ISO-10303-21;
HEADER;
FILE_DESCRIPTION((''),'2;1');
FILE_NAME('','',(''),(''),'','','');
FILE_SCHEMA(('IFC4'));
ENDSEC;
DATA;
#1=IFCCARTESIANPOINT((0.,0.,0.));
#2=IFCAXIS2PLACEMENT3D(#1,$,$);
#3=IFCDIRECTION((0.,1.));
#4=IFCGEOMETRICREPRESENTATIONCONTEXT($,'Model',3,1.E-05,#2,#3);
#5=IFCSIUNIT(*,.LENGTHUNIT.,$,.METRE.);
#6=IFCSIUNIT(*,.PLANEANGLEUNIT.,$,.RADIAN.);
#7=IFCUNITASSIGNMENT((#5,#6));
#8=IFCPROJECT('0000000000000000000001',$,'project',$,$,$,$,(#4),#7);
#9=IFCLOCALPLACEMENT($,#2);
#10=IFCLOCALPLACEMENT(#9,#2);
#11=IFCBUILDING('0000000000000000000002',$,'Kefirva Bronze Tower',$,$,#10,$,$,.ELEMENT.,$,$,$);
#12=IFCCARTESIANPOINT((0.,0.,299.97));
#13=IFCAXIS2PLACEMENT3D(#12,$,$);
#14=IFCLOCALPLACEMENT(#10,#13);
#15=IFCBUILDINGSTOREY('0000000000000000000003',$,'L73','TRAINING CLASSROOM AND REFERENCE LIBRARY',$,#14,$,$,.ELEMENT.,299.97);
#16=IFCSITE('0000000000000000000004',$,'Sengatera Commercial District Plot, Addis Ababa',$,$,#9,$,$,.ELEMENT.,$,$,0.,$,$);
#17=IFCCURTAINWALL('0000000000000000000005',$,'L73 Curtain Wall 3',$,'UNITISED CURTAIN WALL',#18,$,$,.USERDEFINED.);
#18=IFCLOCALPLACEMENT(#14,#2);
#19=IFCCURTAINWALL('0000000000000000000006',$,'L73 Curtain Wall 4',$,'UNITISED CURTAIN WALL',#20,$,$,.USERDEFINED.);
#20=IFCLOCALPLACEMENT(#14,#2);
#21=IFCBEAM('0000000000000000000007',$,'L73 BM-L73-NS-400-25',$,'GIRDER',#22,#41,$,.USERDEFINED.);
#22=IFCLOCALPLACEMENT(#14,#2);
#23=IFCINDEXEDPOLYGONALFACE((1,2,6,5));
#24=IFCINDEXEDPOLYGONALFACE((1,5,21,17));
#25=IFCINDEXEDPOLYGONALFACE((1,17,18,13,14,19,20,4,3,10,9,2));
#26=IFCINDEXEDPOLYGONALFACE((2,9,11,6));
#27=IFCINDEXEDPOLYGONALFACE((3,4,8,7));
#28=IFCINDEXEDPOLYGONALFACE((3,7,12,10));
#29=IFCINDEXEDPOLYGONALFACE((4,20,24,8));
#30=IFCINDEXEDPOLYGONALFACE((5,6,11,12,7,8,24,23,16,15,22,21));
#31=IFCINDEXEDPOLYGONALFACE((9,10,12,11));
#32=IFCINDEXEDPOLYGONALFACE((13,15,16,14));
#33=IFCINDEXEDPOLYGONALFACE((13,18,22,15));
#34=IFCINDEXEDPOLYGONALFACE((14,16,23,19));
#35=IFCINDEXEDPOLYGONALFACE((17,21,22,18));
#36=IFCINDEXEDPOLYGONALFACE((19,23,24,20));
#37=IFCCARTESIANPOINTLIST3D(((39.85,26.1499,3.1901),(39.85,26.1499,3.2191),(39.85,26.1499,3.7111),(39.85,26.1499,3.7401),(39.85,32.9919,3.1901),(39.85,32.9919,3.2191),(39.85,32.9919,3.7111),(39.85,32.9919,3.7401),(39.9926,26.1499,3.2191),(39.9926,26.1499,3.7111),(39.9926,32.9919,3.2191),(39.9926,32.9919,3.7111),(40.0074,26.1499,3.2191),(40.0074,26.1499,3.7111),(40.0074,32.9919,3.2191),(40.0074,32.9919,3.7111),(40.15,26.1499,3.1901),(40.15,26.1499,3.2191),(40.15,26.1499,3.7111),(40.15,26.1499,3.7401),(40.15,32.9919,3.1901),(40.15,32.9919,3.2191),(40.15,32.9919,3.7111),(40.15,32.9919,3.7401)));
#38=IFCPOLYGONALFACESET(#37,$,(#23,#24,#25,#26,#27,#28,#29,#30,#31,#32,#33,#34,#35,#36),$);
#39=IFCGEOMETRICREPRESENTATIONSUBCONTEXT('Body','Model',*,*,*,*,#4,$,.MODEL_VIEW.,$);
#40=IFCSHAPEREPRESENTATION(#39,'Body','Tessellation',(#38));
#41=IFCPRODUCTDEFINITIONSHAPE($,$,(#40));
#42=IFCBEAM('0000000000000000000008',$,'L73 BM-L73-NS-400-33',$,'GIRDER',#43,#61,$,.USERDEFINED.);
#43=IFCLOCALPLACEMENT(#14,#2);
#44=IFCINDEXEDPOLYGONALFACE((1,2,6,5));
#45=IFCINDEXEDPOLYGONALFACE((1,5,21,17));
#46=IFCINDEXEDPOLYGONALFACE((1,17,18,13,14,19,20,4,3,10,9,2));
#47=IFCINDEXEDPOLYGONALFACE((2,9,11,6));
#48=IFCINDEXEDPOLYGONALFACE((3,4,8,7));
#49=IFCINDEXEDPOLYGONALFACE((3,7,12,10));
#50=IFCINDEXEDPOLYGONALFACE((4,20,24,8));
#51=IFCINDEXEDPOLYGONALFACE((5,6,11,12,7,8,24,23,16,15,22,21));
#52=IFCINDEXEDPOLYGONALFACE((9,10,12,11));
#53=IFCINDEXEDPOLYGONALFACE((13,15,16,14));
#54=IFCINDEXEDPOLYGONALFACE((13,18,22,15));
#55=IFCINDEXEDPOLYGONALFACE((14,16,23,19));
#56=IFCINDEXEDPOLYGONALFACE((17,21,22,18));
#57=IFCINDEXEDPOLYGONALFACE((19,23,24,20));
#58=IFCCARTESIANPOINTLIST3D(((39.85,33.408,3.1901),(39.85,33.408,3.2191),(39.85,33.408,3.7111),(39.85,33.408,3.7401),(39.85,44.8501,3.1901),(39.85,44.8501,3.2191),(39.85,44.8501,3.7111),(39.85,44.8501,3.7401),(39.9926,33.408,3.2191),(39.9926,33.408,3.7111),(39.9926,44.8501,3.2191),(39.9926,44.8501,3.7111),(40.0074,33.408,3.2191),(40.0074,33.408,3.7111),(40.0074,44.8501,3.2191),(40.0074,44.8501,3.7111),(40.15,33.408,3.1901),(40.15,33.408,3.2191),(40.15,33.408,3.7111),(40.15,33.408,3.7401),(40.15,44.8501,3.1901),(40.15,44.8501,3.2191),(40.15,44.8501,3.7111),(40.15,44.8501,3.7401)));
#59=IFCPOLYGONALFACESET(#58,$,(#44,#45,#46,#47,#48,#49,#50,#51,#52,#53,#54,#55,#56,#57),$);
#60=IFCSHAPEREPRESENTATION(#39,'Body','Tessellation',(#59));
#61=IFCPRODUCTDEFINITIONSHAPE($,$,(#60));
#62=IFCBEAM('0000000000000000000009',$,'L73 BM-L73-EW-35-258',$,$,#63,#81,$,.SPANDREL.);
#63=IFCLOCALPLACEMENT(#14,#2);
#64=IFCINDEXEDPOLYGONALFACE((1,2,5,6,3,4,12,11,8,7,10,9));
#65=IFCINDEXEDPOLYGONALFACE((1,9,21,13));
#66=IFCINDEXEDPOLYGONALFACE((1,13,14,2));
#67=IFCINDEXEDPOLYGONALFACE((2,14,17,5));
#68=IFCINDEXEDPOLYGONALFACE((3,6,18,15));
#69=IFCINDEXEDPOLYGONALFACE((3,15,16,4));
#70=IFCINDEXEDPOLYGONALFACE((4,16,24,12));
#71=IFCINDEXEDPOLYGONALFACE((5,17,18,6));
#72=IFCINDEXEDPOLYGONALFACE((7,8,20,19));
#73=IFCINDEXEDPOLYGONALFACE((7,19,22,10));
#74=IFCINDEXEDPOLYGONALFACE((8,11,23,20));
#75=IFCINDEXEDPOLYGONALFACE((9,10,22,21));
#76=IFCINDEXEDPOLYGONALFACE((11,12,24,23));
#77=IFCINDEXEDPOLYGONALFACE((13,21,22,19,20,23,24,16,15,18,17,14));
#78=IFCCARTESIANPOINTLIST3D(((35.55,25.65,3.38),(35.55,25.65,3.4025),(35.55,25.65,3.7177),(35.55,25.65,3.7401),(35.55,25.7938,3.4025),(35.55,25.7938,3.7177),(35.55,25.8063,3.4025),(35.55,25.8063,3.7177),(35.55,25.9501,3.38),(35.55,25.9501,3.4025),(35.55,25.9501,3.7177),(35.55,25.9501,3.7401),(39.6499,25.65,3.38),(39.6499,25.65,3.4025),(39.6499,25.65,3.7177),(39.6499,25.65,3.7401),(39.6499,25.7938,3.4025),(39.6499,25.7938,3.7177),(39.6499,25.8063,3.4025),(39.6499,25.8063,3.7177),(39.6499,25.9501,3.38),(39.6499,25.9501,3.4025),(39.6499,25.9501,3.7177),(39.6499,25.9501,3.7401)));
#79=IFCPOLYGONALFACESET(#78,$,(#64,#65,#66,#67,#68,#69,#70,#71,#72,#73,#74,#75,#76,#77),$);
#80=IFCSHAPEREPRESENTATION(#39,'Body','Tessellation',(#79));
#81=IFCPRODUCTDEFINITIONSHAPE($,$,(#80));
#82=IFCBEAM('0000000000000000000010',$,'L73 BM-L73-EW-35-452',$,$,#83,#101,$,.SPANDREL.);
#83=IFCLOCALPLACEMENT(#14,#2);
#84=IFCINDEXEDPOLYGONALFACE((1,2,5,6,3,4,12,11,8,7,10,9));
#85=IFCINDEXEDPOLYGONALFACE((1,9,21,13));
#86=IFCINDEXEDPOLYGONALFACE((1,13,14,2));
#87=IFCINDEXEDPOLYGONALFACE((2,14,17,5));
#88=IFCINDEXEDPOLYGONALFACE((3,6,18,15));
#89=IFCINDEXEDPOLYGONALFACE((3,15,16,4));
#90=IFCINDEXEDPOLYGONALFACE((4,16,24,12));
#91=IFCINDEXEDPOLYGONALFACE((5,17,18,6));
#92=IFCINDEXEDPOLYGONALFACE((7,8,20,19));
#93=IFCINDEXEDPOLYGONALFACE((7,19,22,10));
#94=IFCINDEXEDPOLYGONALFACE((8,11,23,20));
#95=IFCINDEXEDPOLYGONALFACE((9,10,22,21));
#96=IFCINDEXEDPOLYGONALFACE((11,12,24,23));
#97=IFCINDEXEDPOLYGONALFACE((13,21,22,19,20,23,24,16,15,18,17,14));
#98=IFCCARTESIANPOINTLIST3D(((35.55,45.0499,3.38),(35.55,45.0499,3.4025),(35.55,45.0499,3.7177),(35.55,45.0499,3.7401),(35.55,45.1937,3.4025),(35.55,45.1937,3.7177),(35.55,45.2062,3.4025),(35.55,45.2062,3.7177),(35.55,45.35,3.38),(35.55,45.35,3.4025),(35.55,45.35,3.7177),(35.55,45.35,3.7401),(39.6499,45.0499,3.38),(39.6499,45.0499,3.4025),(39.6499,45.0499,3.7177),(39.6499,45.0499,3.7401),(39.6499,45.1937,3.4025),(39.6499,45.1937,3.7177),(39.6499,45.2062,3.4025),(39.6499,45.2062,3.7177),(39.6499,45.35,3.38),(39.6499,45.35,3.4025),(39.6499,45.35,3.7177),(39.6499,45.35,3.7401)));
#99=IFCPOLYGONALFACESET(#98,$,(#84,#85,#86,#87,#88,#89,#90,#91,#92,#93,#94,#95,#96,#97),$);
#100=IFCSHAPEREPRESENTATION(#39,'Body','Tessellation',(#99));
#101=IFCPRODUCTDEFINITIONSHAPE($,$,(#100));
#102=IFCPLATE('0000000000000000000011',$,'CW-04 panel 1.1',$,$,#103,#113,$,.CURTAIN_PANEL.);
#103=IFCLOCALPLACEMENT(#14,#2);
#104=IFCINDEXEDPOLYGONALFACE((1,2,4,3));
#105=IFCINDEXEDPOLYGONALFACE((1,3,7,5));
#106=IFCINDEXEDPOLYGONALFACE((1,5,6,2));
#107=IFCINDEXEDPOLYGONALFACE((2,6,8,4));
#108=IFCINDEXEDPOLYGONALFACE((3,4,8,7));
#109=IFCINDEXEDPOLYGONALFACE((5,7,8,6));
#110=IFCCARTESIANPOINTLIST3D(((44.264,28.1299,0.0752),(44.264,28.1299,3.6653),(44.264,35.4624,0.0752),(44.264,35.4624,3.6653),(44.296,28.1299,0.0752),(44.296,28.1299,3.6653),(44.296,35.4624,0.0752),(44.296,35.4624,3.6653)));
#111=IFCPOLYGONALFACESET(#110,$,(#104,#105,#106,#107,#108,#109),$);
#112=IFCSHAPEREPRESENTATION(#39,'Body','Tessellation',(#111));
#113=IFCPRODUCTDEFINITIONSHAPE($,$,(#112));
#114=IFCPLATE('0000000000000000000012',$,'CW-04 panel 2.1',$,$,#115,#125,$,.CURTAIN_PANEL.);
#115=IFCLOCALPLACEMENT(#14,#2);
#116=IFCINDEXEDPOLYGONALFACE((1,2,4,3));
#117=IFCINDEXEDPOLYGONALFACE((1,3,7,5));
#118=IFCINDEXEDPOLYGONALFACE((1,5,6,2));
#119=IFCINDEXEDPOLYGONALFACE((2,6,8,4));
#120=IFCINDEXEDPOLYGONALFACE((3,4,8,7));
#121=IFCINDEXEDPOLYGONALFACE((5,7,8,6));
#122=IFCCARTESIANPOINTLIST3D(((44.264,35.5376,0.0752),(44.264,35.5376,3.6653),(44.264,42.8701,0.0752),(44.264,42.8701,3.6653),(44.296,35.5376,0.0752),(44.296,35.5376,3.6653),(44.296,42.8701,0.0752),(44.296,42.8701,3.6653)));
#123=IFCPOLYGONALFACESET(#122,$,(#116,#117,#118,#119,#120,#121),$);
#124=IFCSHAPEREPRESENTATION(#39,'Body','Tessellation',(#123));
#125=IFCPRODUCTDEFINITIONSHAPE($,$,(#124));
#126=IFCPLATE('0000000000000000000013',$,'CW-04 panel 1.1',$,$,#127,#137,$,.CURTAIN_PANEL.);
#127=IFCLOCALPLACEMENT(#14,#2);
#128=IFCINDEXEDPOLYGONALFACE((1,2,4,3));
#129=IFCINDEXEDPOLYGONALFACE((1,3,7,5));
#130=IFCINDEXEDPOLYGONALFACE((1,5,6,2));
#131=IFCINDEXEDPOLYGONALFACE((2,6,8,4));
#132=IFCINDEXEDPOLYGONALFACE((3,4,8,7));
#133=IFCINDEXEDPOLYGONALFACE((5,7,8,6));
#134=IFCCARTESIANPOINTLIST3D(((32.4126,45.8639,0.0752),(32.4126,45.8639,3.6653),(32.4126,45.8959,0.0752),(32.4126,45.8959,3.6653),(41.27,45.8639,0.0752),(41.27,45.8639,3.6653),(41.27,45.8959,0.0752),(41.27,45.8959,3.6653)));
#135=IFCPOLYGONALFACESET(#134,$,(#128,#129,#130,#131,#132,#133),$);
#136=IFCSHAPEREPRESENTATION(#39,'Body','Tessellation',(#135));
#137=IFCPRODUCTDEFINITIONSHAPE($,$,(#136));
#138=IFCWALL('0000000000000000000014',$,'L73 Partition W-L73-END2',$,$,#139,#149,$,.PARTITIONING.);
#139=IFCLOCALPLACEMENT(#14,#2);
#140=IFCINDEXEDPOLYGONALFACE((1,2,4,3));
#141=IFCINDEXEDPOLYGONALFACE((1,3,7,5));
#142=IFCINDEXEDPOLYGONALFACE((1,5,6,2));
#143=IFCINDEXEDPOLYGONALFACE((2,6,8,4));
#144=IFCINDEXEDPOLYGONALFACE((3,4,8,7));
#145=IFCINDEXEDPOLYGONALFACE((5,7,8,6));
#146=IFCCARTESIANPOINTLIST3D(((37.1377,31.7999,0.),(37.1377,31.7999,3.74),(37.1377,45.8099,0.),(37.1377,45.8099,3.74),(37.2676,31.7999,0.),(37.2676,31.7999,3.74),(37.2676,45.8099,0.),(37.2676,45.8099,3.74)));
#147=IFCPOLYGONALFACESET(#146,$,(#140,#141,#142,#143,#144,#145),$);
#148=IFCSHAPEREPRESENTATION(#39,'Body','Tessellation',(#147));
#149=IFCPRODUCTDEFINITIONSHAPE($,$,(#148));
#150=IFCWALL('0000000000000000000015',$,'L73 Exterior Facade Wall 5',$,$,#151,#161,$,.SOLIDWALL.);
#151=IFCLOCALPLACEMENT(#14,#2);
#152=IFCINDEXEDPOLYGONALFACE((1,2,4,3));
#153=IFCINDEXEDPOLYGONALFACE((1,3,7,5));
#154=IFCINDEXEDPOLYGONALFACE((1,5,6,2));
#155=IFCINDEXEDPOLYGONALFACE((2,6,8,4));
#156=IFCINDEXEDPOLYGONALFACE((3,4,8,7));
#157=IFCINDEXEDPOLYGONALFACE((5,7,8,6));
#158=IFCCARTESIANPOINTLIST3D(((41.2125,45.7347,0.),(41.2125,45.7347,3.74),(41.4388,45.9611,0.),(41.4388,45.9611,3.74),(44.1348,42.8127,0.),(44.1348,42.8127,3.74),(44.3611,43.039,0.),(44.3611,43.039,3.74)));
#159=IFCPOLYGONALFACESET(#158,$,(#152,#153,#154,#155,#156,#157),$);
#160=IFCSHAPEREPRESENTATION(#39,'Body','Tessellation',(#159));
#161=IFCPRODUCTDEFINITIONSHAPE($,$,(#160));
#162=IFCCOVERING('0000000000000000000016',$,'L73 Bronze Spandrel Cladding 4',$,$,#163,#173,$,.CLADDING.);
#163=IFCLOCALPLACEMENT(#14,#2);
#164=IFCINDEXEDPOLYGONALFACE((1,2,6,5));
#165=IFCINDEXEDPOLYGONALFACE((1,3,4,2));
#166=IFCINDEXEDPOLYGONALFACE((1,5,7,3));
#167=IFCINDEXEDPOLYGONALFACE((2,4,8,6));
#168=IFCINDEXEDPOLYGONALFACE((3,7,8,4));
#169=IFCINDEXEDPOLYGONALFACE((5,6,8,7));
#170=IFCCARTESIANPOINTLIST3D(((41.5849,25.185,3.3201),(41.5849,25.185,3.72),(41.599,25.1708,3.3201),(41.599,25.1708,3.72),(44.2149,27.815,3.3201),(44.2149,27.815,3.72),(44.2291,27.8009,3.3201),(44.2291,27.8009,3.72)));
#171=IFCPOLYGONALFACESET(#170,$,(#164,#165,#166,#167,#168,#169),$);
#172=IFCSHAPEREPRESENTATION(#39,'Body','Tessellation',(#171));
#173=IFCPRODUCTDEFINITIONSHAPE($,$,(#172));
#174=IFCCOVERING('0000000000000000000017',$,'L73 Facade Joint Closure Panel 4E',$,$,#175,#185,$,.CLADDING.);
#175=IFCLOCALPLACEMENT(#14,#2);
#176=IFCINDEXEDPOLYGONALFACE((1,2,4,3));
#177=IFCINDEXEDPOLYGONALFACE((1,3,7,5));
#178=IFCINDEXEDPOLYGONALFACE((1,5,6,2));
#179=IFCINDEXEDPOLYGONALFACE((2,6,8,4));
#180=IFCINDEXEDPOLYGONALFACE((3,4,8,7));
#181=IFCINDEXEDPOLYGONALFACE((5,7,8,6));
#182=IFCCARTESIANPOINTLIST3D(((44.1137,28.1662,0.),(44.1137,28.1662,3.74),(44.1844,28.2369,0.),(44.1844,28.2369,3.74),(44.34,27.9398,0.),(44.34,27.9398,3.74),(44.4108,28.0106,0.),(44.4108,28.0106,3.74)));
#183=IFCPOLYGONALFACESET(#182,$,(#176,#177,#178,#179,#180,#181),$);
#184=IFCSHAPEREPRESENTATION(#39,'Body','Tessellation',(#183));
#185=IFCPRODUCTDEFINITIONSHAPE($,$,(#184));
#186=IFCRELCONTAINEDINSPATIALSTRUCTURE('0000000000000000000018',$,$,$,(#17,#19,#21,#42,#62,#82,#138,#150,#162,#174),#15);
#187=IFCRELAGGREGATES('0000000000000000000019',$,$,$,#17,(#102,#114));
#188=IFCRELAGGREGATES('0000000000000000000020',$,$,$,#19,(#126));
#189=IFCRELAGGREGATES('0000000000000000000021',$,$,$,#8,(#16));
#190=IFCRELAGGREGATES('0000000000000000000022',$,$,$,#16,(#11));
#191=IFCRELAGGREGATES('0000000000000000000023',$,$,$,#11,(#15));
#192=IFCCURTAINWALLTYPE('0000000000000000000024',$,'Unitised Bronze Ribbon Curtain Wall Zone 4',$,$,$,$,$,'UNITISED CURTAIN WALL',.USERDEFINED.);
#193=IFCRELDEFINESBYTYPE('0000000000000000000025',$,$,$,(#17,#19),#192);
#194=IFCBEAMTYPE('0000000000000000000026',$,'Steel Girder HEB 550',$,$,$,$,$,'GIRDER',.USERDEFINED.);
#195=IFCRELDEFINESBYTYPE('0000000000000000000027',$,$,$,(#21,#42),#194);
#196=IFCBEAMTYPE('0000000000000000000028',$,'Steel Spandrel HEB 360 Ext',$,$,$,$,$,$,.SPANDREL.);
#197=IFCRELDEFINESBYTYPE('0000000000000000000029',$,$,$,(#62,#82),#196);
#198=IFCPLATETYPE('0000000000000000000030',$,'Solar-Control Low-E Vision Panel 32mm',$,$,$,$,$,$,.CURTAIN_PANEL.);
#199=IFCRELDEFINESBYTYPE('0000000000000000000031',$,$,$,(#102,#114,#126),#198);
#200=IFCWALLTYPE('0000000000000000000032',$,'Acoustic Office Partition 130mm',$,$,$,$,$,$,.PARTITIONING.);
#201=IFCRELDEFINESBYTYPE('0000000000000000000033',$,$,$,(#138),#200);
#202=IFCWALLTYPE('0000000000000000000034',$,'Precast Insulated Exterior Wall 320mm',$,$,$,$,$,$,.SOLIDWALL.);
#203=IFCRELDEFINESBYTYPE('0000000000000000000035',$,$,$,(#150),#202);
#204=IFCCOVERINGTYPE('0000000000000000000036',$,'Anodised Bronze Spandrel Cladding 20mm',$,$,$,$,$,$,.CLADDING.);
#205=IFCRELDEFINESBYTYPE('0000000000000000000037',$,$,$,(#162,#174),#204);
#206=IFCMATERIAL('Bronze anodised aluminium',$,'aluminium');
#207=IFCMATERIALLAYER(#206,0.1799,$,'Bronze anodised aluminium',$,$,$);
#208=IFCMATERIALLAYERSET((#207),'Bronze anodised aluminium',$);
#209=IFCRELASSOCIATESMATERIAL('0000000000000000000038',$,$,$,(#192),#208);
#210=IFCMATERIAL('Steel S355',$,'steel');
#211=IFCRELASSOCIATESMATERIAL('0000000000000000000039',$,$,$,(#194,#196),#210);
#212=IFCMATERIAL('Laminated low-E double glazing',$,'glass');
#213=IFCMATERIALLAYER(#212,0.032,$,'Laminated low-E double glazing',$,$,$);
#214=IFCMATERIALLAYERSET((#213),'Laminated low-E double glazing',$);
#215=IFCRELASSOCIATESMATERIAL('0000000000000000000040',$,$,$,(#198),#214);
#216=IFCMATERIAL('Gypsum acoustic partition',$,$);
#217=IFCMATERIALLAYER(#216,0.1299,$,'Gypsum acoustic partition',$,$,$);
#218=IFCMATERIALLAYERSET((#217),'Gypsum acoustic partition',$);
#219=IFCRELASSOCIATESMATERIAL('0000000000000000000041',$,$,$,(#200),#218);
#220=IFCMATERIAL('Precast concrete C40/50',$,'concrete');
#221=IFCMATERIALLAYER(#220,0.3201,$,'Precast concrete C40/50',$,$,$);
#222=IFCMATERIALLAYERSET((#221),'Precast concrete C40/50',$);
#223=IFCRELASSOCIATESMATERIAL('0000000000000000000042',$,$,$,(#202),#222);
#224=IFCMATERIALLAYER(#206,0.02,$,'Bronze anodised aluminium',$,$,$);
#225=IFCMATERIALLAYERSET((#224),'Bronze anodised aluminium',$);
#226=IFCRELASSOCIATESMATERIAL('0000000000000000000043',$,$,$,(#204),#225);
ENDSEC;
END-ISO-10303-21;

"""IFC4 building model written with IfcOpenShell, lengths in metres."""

from ifc_helpers import new_model, si_unit, direction, frame, frame_2d, origin, origin_2d, place, context, subcontext, project, spatial, rectangle, i_section, extrude, material, layer, layer_set, material_profile, profile_set, type_object, element, aggregate, save


model = new_model("IFC4")

# Units and contexts
model_context = context("Model", 3, precision=1e-05, world=origin(), true_north=direction((0.0, 1.0)))
body_context = subcontext(model_context, "Body", "Model", "MODEL_VIEW")
ifc_project = project(units=[si_unit("LENGTHUNIT", "METRE"), si_unit("PLANEANGLEUNIT", "RADIAN")], contexts=[model_context])

# Site, building, storey
site_placement = place(None, origin())
site = spatial("IfcSite", under=ifc_project, at=site_placement, Name="Sengatera Commercial District Plot, Addis Ababa", CompositionType="ELEMENT", RefElevation=0.0)
building_placement = place(site_placement, origin())
building = spatial("IfcBuilding", under=site, at=building_placement, Name="Kefirva Bronze Tower", CompositionType="ELEMENT")
storey_placement = place(building_placement, frame((0.0, 0.0, 299.97)))
storey = spatial("IfcBuildingStorey", under=building, at=storey_placement, Name="L73", Description="TRAINING CLASSROOM AND REFERENCE LIBRARY", CompositionType="ELEMENT", Elevation=299.97)

# Curtain wall
ifc_material_1 = material(Name="Bronze anodised aluminium", Category="aluminium")
ifc_layer_1 = layer(ifc_material_1, 0.1799, Name="Bronze anodised aluminium")
ifc_layer_set_1 = layer_set([ifc_layer_1], Name="Bronze anodised aluminium")
curtain_wall_type = type_object("IfcCurtainWallType", Name="Unitised Bronze Ribbon Curtain Wall Zone 4", ElementType="UNITISED CURTAIN WALL", PredefinedType="USERDEFINED", material=ifc_layer_set_1)
curtain_wall_1_placement = place(storey_placement, origin())
curtain_wall_1 = element("IfcCurtainWall", 1, at=curtain_wall_1_placement, inside=storey, type_object=curtain_wall_type, Name="L73 Curtain Wall 3", ObjectType="UNITISED CURTAIN WALL", PredefinedType="USERDEFINED")

# Curtain wall
curtain_wall_2_placement = place(storey_placement, origin())
curtain_wall_2 = element("IfcCurtainWall", 2, at=curtain_wall_2_placement, inside=storey, type_object=curtain_wall_type, Name="L73 Curtain Wall 4", ObjectType="UNITISED CURTAIN WALL", PredefinedType="USERDEFINED")

# Beams
ifc_material_2 = material(Name="Steel S355", Category="steel")
ifc_material_profile_1 = material_profile(ifc_material_2, i_section(OverallWidth=0.3, OverallDepth=0.55, WebThickness=0.0149, FlangeThickness=0.0291, at=origin_2d()), Name="HEB 550")
ifc_profile_set_1 = profile_set([ifc_material_profile_1], Name="Steel S355")
beam_type_1 = type_object("IfcBeamType", Name="Steel Girder HEB 550", ElementType="GIRDER", PredefinedType="USERDEFINED", material=ifc_profile_set_1)
beam_1_placement = place(storey_placement, frame((40.0, 26.1499, 3.4651), z_axis=(0.0, 1.0, 0.0), x_axis=(-1.0, 0.0, 0.0)))
element("IfcBeam", 3, at=beam_1_placement, inside=storey, type_object=beam_type_1, Name="L73 BM-L73-NS-400-25", ObjectType="GIRDER", PredefinedType="USERDEFINED", context=body_context, shape_type="SweptSolid", body=[
    extrude(i_section(OverallWidth=0.3, OverallDepth=0.55, WebThickness=0.0149, FlangeThickness=0.0291, at=origin_2d()), origin(), (0.0, 0.0, 1.0), 6.842),
])
beam_2_placement = place(storey_placement, frame((40.0, 33.408, 3.4651), z_axis=(0.0, 1.0, 0.0), x_axis=(-1.0, 0.0, 0.0)))
element("IfcBeam", 4, at=beam_2_placement, inside=storey, type_object=beam_type_1, Name="L73 BM-L73-NS-400-33", ObjectType="GIRDER", PredefinedType="USERDEFINED", context=body_context, shape_type="SweptSolid", body=[
    extrude(i_section(OverallWidth=0.3, OverallDepth=0.55, WebThickness=0.0149, FlangeThickness=0.0291, at=origin_2d()), origin(), (0.0, 0.0, 1.0), 11.4421),
])
ifc_material_profile_2 = material_profile(ifc_material_2, i_section(OverallWidth=0.3, OverallDepth=0.3601, WebThickness=0.0125, FlangeThickness=0.0225, at=origin_2d()), Name="HEB 360")
ifc_profile_set_2 = profile_set([ifc_material_profile_2], Name="Steel S355")
beam_type_2 = type_object("IfcBeamType", Name="Steel Spandrel HEB 360 Ext", PredefinedType="SPANDREL", material=ifc_profile_set_2)
for number, where, z_axis, x_axis, name in (
    (5, (35.55, 25.8, 3.5601), (1.0, 0.0, 0.0), (0.0, 1.0, 0.0), "L73 BM-L73-EW-35-258"),
    (6, (35.55, 45.2, 3.5601), (1.0, 0.0, 0.0), (0.0, 1.0, 0.0), "L73 BM-L73-EW-35-452"),
):
    element("IfcBeam", number, at=place(storey_placement, frame(where, z_axis=z_axis, x_axis=x_axis)), inside=storey, type_object=beam_type_2, Name=name, PredefinedType="SPANDREL", context=body_context, shape_type="SweptSolid", body=[
        extrude(i_section(OverallWidth=0.3, OverallDepth=0.3601, WebThickness=0.0125, FlangeThickness=0.0225, at=origin_2d()), origin(), (0.0, 0.0, 1.0), 4.0999),
    ])

# Plates
ifc_material_3 = material(Name="Laminated low-E double glazing", Category="glass")
ifc_layer_2 = layer(ifc_material_3, 0.032, Name="Laminated low-E double glazing")
ifc_layer_set_2 = layer_set([ifc_layer_2], Name="Laminated low-E double glazing")
plate_type = type_object("IfcPlateType", Name="Solar-Control Low-E Vision Panel 32mm", PredefinedType="CURTAIN_PANEL", material=ifc_layer_set_2)
plate_1_placement = place(storey_placement, frame((44.28, 31.7961, 0.0752), z_axis=(0.0, 0.0, 1.0), x_axis=(0.0, 1.0, 0.0)))
plate_1 = element("IfcPlate", 7, at=plate_1_placement, type_object=plate_type, Name="CW-04 panel 1.1", PredefinedType="CURTAIN_PANEL", context=body_context, shape_type="SweptSolid", body=[
    extrude(rectangle(XDim=7.3325, YDim=0.032, at=origin_2d()), origin(), (0.0, 0.0, 1.0), 3.5901),
])
plate_2_placement = place(storey_placement, frame((44.28, 39.2039, 0.0752), z_axis=(0.0, 0.0, 1.0), x_axis=(0.0, 1.0, 0.0)))
plate_2 = element("IfcPlate", 8, at=plate_2_placement, type_object=plate_type, Name="CW-04 panel 2.1", PredefinedType="CURTAIN_PANEL", context=body_context, shape_type="SweptSolid", body=[
    extrude(rectangle(XDim=7.3325, YDim=0.032, at=origin_2d()), origin(), (0.0, 0.0, 1.0), 3.5901),
])
aggregate(curtain_wall_1, [plate_1, plate_2])
plate_3_placement = place(storey_placement, frame((36.8413, 45.8799, 0.0752), z_axis=(0.0, 0.0, 1.0), x_axis=(-1.0, 0.0, 0.0)))
plate_3 = element("IfcPlate", 9, at=plate_3_placement, type_object=plate_type, Name="CW-04 panel 1.1", PredefinedType="CURTAIN_PANEL", context=body_context, shape_type="SweptSolid", body=[
    extrude(rectangle(XDim=8.8574, YDim=0.032, at=origin_2d()), origin(), (0.0, 0.0, 1.0), 3.5901),
])
aggregate(curtain_wall_2, [plate_3])

# Walls
ifc_material_4 = material(Name="Gypsum acoustic partition")
ifc_layer_3 = layer(ifc_material_4, 0.1299, Name="Gypsum acoustic partition")
ifc_layer_set_3 = layer_set([ifc_layer_3], Name="Gypsum acoustic partition")
wall_type_1 = type_object("IfcWallType", Name="Acoustic Office Partition 130mm", PredefinedType="PARTITIONING", material=ifc_layer_set_3)
wall_1_placement = place(storey_placement, frame((37.2026, 31.8, 0.0), z_axis=(0.0, 0.0, 1.0), x_axis=(0.0, 1.0, 0.0)))
element("IfcWall", 10, at=wall_1_placement, inside=storey, type_object=wall_type_1, Name="L73 Partition W-L73-END2", PredefinedType="PARTITIONING", context=body_context, shape_type="SweptSolid", body=[
    extrude(rectangle(XDim=14.01, YDim=0.1299, at=frame_2d((7.0049, 0.0))), origin(), (0.0, 0.0, 1.0), 3.74),
])
ifc_material_5 = material(Name="Precast concrete C40/50", Category="concrete")
ifc_layer_4 = layer(ifc_material_5, 0.3201, Name="Precast concrete C40/50")
ifc_layer_set_4 = layer_set([ifc_layer_4], Name="Precast concrete C40/50")
wall_type_2 = type_object("IfcWallType", Name="Precast Insulated Exterior Wall 320mm", PredefinedType="SOLIDWALL", material=ifc_layer_set_4)
wall_2_placement = place(storey_placement, frame((44.248, 42.9258, 0.0), z_axis=(0.0, 0.0, 1.0), x_axis=(-0.707136, 0.707077, 0.0)))
element("IfcWall", 11, at=wall_2_placement, inside=storey, type_object=wall_type_2, Name="L73 Exterior Facade Wall 5", PredefinedType="SOLIDWALL", context=body_context, shape_type="SweptSolid", body=[
    extrude(rectangle(XDim=4.1326, YDim=0.3201, at=frame_2d((2.0664, 0.0))), origin(), (0.0, 0.0, 1.0), 3.74),
])

# Coverings
ifc_layer_5 = layer(ifc_material_1, 0.02, Name="Bronze anodised aluminium")
ifc_layer_set_5 = layer_set([ifc_layer_5], Name="Bronze anodised aluminium")
covering_type_1 = type_object("IfcCoveringType", Name="Anodised Bronze Spandrel Cladding 20mm", PredefinedType="CLADDING", material=ifc_layer_set_5)
covering_1_placement = place(storey_placement, frame((42.907, 26.4929, 3.3201), z_axis=(0.0, 0.0, 1.0), x_axis=(0.707107, 0.707107, 0.0)))
element("IfcCovering", 12, at=covering_1_placement, inside=storey, type_object=covering_type_1, Name="L73 Bronze Spandrel Cladding 4", PredefinedType="CLADDING", context=body_context, shape_type="SweptSolid", body=[
    extrude(rectangle(XDim=3.7195, YDim=0.02, at=origin_2d()), origin(), (0.0, 0.0, 1.0), 0.3999),
])
covering_2_placement = place(storey_placement, frame((44.2622, 28.0884, 0.0), z_axis=(0.0, 0.0, 1.0), x_axis=(0.707107, 0.707107, 0.0)))
element("IfcCovering", 13, at=covering_2_placement, inside=storey, type_object=covering_type_1, Name="L73 Facade Joint Closure Panel 4E", PredefinedType="CLADDING", context=body_context, shape_type="SweptSolid", body=[
    extrude(rectangle(XDim=0.1001, YDim=0.3201, at=origin_2d()), origin(), (0.0, 0.0, 1.0), 3.74),
])

save(model, "model.ifc")
